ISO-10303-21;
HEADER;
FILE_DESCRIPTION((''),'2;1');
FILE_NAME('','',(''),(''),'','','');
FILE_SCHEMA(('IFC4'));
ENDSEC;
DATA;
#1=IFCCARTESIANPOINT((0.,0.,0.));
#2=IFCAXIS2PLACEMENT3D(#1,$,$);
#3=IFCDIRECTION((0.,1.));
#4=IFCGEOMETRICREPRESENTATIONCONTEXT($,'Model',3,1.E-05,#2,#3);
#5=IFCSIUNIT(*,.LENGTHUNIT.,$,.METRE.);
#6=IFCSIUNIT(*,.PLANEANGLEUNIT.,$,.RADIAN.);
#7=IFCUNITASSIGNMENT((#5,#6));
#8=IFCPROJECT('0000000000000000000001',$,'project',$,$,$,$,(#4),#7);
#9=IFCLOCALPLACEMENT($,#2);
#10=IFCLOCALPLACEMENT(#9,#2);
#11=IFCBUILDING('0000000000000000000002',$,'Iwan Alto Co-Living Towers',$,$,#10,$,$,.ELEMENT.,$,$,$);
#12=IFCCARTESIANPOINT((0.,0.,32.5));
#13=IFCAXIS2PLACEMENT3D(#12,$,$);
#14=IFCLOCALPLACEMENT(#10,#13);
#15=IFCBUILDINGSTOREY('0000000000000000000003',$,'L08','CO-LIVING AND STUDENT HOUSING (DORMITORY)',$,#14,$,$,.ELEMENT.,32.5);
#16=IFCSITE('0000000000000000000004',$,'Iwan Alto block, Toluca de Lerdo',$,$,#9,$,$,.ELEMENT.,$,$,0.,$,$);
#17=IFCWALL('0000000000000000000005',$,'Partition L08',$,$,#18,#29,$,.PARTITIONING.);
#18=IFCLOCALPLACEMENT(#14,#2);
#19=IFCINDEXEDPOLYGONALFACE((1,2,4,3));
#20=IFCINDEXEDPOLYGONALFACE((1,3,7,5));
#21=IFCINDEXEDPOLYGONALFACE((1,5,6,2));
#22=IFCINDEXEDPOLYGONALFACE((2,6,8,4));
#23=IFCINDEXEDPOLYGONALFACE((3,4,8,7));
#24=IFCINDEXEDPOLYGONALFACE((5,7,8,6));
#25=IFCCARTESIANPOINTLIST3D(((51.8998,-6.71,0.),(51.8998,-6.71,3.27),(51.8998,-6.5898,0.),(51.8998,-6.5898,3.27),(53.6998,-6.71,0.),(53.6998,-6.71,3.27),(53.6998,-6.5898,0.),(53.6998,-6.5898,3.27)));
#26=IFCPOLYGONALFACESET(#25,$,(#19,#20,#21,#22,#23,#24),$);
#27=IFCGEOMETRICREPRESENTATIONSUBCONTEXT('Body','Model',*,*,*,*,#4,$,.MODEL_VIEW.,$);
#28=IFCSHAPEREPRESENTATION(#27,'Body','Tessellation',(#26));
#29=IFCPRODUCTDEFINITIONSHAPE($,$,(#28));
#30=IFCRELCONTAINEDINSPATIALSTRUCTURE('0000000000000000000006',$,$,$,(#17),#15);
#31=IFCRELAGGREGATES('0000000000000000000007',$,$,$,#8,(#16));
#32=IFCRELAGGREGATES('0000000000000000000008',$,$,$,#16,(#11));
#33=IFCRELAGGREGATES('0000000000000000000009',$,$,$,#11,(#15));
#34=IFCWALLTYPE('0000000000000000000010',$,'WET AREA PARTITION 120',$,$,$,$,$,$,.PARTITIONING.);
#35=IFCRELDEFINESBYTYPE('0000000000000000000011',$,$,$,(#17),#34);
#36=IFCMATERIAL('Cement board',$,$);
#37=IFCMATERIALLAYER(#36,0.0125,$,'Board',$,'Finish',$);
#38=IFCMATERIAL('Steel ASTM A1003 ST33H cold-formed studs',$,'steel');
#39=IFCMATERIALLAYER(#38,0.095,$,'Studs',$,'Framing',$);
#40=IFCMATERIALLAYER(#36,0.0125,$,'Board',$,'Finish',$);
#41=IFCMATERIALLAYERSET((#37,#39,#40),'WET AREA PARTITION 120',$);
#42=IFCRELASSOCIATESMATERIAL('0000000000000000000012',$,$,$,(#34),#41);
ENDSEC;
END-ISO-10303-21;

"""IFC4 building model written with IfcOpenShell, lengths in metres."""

from ifc_helpers import new_model, si_unit, direction, frame, frame_2d, origin, place, context, subcontext, project, spatial, rectangle, extrude, material, layer, layer_set, type_object, element, save


model = new_model("IFC4")

# Units and contexts
model_context = context("Model", 3, precision=1e-05, world=origin(), true_north=direction((0.0, 1.0)))
body_context = subcontext(model_context, "Body", "Model", "MODEL_VIEW")
ifc_project = project(units=[si_unit("LENGTHUNIT", "METRE"), si_unit("PLANEANGLEUNIT", "RADIAN")], contexts=[model_context])

# Site, building, storey
site_placement = place(None, origin())
site = spatial("IfcSite", under=ifc_project, at=site_placement, Name="Iwan Alto block, Toluca de Lerdo", CompositionType="ELEMENT", RefElevation=0.0)
building_placement = place(site_placement, origin())
building = spatial("IfcBuilding", under=site, at=building_placement, Name="Iwan Alto Co-Living Towers", CompositionType="ELEMENT")
storey_placement = place(building_placement, frame((0.0, 0.0, 32.5)))
storey = spatial("IfcBuildingStorey", under=building, at=storey_placement, Name="L08", Description="CO-LIVING AND STUDENT HOUSING (DORMITORY)", CompositionType="ELEMENT", Elevation=32.5)

# Shared definitions
ifc_material_1 = material(Name="Steel ASTM A1003 ST33H cold-formed studs", Category="steel")

# Wall
ifc_material_2 = material(Name="Cement board")
ifc_layer_1 = layer(ifc_material_2, 0.0125, Name="Board", Category="Finish")
ifc_layer_2 = layer(ifc_material_1, 0.095, Name="Studs", Category="Framing")
ifc_layer_3 = layer(ifc_material_2, 0.0125, Name="Board", Category="Finish")
ifc_layer_set_1 = layer_set([ifc_layer_1, ifc_layer_2, ifc_layer_3], Name="WET AREA PARTITION 120")
wall_type_1 = type_object("IfcWallType", Name="WET AREA PARTITION 120", PredefinedType="PARTITIONING", material=ifc_layer_set_1)
wall_1_placement = place(storey_placement, frame((51.8999, -6.6499, 0.0), z_axis=(0.0, 0.0, 1.0), x_axis=(1.0, 0.0, 0.0)))
element("IfcWall", 1, at=wall_1_placement, inside=storey, type_object=wall_type_1, Name="Partition L08", PredefinedType="PARTITIONING", context=body_context, shape_type="SweptSolid", body=[
    extrude(rectangle(XDim=1.8, YDim=0.1201, at=frame_2d((0.8999, 0.0))), origin(), (0.0, 0.0, 1.0), 3.27),
])

save(model, "model.ifc")
